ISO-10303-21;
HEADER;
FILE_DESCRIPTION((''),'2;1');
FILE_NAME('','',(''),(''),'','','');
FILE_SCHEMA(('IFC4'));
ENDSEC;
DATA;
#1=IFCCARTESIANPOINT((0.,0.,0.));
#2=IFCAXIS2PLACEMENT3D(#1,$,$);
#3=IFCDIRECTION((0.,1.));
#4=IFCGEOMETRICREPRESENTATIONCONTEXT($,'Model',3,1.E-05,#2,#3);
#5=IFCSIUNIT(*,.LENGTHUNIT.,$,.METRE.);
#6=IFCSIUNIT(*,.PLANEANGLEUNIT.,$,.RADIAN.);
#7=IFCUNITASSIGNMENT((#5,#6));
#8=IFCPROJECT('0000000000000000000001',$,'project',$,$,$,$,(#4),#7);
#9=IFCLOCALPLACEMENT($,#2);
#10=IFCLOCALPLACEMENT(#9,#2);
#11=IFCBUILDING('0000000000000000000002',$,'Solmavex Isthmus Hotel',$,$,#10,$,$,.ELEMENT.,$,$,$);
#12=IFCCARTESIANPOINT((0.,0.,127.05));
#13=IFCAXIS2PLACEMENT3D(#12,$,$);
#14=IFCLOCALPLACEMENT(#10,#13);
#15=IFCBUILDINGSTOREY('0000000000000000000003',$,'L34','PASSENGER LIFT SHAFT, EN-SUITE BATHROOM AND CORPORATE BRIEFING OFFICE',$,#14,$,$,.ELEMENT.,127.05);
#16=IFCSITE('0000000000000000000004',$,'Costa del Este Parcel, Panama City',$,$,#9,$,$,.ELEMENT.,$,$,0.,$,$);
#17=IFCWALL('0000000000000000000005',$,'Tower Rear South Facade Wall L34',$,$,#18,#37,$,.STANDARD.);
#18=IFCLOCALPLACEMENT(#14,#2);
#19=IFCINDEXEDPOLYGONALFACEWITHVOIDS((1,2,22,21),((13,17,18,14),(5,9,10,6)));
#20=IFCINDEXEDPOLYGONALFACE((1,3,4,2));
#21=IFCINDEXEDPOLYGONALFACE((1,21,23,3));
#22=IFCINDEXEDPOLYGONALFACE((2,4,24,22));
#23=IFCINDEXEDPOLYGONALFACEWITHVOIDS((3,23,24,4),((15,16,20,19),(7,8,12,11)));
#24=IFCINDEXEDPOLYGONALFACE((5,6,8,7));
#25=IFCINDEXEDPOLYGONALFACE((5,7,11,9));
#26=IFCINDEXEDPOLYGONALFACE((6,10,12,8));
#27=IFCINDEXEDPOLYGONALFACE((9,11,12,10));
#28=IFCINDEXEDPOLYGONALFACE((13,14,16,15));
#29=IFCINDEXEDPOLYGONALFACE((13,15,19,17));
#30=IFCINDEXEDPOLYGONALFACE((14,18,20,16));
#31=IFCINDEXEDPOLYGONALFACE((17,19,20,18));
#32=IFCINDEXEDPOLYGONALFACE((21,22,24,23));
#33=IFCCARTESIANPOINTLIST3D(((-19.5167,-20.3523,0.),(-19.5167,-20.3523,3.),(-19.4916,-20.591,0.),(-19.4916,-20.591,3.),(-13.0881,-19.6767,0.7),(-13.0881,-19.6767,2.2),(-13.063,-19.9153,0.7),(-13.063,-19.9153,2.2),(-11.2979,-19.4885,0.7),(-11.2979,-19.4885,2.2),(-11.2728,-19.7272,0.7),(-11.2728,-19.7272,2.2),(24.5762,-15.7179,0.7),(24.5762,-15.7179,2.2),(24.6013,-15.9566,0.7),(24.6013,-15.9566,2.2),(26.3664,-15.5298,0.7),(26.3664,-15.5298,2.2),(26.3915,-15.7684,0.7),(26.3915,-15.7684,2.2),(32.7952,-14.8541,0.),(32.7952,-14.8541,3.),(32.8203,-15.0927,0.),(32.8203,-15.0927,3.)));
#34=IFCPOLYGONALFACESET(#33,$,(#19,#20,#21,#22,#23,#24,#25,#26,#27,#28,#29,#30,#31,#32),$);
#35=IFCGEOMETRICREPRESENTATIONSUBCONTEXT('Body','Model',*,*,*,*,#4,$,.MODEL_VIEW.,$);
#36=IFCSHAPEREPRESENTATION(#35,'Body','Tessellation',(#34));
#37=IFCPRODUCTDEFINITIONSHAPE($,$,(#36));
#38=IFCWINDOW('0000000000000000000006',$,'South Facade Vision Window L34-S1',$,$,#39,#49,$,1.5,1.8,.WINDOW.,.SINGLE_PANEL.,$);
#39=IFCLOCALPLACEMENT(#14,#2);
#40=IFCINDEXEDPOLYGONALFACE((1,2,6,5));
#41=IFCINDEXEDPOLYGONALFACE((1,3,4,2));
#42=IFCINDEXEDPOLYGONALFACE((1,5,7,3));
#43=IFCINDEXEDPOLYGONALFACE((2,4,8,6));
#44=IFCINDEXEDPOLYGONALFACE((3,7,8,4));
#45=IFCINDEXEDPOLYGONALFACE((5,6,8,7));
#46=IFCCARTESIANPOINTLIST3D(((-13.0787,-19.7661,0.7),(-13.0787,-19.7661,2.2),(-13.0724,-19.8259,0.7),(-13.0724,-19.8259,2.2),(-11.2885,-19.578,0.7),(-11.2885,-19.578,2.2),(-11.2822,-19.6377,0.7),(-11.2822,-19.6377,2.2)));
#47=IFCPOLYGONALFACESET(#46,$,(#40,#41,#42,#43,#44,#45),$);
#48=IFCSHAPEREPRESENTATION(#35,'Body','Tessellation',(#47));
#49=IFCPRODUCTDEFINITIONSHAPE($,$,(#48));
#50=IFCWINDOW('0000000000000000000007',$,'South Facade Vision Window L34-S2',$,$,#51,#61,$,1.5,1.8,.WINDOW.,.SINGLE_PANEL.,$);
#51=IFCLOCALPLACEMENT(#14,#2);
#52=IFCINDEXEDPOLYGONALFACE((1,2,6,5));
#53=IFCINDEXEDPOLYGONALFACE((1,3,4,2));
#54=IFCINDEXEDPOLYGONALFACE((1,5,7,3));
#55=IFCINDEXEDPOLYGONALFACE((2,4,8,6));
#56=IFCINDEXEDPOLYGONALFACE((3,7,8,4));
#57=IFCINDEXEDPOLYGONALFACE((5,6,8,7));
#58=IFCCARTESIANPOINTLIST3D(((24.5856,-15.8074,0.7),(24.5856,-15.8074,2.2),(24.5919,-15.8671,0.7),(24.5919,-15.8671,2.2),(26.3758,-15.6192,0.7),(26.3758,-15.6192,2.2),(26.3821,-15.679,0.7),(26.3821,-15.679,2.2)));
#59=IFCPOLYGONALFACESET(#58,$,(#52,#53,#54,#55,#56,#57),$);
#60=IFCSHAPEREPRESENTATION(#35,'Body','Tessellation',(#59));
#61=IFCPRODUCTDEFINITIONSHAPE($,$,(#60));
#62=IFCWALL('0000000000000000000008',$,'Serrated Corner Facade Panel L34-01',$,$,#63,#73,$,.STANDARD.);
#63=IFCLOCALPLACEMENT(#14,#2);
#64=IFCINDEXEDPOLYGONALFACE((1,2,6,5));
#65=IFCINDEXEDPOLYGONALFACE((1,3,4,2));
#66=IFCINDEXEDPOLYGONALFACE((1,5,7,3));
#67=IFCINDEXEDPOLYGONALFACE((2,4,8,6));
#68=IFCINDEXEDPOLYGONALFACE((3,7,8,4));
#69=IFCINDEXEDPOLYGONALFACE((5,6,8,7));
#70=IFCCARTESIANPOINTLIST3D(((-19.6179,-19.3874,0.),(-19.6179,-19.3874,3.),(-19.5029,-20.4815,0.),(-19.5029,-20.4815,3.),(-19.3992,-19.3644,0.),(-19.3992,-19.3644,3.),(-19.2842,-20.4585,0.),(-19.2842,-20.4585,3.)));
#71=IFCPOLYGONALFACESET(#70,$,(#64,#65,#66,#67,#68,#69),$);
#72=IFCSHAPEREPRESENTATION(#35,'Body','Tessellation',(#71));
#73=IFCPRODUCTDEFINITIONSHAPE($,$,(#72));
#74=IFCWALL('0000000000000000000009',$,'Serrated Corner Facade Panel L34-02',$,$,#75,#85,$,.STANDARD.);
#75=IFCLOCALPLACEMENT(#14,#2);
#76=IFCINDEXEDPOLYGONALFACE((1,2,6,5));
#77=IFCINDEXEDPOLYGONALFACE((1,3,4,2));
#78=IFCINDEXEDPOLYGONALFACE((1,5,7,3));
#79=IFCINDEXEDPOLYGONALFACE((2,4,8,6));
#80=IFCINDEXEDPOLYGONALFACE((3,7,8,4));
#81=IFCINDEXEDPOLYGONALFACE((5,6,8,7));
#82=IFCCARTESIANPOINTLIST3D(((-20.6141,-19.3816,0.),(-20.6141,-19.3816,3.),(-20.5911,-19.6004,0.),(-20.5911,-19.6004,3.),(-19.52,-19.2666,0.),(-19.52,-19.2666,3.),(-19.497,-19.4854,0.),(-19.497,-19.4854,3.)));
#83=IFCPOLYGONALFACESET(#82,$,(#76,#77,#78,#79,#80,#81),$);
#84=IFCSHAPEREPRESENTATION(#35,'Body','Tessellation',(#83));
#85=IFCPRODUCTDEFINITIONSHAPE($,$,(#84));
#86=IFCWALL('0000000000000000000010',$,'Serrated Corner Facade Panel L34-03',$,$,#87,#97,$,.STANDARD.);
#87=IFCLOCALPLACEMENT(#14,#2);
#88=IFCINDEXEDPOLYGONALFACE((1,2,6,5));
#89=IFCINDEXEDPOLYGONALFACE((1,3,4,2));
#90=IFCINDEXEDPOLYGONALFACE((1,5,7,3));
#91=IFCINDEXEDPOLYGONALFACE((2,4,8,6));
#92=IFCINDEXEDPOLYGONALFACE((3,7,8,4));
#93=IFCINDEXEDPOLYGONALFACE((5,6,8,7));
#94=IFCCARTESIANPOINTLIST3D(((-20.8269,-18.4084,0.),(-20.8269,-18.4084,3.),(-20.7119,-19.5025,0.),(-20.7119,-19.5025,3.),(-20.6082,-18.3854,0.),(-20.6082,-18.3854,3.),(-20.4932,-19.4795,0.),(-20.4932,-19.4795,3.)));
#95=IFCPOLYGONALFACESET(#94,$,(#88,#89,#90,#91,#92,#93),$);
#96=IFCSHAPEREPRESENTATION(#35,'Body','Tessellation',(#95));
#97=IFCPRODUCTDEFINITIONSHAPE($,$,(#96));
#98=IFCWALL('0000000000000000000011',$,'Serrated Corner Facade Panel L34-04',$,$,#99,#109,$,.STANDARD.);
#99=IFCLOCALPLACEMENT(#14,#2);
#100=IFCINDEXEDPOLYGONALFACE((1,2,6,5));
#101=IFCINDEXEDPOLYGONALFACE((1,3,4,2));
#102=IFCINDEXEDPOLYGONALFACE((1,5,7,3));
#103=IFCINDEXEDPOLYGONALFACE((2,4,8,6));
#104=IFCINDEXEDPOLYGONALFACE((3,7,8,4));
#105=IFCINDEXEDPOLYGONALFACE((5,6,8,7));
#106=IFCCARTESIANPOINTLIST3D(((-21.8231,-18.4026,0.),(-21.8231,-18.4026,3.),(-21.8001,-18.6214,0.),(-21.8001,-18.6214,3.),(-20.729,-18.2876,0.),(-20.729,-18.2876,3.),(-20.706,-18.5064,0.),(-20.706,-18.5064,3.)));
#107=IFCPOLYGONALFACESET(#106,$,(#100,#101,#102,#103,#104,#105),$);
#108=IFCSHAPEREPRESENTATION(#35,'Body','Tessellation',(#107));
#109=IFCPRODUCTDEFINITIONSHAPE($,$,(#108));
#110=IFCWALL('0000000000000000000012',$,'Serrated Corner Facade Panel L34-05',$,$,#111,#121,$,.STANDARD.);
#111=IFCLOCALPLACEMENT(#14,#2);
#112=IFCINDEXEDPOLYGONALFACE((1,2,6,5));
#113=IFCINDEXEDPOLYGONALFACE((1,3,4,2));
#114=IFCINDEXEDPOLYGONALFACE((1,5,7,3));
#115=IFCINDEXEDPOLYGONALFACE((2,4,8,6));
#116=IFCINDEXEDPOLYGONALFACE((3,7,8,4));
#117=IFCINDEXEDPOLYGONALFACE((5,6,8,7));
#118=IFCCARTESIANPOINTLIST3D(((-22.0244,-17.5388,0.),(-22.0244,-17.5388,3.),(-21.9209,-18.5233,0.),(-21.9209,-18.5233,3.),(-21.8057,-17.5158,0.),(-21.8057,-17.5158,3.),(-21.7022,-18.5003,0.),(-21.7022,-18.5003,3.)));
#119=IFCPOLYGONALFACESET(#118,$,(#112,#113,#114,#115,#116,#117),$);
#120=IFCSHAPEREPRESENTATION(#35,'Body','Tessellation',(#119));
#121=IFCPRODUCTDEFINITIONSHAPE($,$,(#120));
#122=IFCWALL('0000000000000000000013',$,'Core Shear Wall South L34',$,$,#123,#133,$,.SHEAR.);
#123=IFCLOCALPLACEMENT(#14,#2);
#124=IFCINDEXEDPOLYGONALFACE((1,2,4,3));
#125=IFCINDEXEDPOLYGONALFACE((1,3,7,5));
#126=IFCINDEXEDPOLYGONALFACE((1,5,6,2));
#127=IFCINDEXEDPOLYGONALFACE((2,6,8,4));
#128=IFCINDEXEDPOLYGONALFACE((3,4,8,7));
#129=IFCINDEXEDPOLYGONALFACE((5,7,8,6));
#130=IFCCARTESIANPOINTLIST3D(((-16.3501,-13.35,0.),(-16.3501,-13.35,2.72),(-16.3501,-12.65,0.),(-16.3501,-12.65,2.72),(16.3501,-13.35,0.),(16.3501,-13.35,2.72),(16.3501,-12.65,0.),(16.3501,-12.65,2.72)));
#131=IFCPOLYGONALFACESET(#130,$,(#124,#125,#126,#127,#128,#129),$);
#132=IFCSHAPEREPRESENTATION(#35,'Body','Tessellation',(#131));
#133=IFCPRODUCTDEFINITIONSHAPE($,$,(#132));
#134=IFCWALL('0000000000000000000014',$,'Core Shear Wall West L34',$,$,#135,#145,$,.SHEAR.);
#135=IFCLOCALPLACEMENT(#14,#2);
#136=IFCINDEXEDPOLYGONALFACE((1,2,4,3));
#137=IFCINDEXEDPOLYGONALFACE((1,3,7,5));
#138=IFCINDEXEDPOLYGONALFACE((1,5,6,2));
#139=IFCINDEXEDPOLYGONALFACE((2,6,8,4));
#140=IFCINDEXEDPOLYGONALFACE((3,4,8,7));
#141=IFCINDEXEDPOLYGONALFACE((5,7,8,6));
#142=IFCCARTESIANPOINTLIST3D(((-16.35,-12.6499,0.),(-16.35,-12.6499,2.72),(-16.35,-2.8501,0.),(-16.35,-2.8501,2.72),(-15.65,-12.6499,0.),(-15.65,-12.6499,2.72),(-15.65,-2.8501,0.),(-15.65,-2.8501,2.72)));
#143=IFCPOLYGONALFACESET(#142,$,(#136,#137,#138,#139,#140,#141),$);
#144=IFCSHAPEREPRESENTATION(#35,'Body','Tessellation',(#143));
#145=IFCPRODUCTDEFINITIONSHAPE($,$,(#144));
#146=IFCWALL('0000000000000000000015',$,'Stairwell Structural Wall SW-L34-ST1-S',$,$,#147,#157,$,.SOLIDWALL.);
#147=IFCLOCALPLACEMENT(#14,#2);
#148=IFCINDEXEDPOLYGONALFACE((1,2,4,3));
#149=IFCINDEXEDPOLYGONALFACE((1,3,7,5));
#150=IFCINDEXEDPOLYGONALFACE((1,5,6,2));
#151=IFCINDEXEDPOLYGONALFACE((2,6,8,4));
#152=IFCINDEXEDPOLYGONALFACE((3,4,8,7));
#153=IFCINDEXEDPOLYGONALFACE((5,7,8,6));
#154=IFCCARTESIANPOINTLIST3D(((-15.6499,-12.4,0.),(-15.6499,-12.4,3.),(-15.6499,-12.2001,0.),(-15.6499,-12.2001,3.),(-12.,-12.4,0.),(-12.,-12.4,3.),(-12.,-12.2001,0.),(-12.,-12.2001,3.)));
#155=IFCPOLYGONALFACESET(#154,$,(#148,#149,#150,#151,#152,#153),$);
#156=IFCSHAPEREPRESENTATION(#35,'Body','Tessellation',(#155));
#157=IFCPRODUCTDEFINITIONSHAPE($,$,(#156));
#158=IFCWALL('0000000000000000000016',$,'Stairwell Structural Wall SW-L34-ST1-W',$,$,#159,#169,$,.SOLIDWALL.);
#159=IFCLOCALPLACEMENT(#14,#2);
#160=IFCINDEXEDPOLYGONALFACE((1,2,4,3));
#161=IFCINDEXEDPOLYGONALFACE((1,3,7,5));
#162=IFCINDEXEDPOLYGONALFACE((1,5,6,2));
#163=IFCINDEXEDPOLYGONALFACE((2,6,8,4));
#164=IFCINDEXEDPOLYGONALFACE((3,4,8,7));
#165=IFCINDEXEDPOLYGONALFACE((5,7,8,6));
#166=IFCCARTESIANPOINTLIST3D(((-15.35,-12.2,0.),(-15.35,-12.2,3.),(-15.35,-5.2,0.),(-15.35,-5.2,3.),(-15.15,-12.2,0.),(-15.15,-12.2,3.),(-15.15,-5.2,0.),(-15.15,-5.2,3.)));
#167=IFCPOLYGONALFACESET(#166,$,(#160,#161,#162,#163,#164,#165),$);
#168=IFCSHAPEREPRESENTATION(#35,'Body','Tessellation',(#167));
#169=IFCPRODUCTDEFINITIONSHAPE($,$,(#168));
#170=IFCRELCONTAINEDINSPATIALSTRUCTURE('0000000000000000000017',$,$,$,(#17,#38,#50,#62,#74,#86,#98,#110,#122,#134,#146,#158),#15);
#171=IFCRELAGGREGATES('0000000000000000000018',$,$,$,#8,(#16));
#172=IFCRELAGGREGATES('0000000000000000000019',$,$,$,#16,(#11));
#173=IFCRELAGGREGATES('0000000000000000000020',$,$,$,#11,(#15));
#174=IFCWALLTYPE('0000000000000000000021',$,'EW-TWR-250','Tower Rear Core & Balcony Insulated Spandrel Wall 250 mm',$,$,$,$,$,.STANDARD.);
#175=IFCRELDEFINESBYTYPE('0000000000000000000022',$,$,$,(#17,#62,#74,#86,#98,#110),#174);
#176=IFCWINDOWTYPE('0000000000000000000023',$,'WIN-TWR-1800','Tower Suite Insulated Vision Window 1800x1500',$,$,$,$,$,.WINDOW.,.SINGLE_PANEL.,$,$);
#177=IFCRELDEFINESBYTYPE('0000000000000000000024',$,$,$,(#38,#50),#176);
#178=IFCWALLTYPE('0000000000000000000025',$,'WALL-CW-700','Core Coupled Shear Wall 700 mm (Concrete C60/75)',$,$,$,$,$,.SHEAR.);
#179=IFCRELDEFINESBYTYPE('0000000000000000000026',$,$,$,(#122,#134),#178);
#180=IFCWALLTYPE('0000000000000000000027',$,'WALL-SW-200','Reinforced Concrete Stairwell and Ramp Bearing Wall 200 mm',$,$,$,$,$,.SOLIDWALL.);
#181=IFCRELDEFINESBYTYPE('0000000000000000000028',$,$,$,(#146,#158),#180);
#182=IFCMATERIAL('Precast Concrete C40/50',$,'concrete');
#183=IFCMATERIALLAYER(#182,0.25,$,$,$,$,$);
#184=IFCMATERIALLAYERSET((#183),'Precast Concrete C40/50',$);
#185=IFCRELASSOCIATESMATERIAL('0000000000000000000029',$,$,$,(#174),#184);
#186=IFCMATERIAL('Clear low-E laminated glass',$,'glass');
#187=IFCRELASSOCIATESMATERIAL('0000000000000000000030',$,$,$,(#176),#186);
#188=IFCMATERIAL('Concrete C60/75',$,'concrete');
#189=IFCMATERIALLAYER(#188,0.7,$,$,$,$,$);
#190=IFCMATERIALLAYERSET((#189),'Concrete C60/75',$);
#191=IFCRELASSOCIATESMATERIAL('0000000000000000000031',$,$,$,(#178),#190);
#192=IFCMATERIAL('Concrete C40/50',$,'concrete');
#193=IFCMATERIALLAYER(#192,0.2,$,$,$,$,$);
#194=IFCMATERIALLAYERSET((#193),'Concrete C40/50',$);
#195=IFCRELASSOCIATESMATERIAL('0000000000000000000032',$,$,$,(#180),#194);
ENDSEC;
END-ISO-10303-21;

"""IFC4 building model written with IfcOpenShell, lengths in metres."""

from ifc_helpers import new_model, si_unit, direction, frame, frame_2d, origin, place, context, subcontext, project, spatial, rectangle, extrude, material, layer, layer_set, type_object, element, fill, save


model = new_model("IFC4")

# Units and contexts
model_context = context("Model", 3, precision=1e-05, world=origin(), true_north=direction((0.0, 1.0)))
body_context = subcontext(model_context, "Body", "Model", "MODEL_VIEW")
ifc_project = project(units=[si_unit("LENGTHUNIT", "METRE"), si_unit("PLANEANGLEUNIT", "RADIAN")], contexts=[model_context])

# Site, building, storey
site_placement = place(None, origin())
site = spatial("IfcSite", under=ifc_project, at=site_placement, Name="Costa del Este Parcel, Panama City", CompositionType="ELEMENT", RefElevation=0.0)
building_placement = place(site_placement, origin())
building = spatial("IfcBuilding", under=site, at=building_placement, Name="Solmavex Isthmus Hotel", CompositionType="ELEMENT")
storey_placement = place(building_placement, frame((0.0, 0.0, 127.05)))
storey = spatial("IfcBuildingStorey", under=building, at=storey_placement, Name="L34", Description="PASSENGER LIFT SHAFT, EN-SUITE BATHROOM AND CORPORATE BRIEFING OFFICE", CompositionType="ELEMENT", Elevation=127.05)

# Shared definitions
ifc_material_1 = material(Name="Concrete C60/75", Category="concrete")

# Shared definitions
ifc_material_2 = material(Name="Clear low-E laminated glass", Category="glass")

# Wall, openings, windows
ifc_material_3 = material(Name="Precast Concrete C40/50", Category="concrete")
ifc_layer_1 = layer(ifc_material_3, 0.25)
ifc_layer_set_1 = layer_set([ifc_layer_1], Name="Precast Concrete C40/50")
wall_type_1 = type_object("IfcWallType", Name="EW-TWR-250", Description="Tower Rear Core & Balcony Insulated Spandrel Wall 250 mm", PredefinedType="STANDARD", material=ifc_layer_set_1)
wall_1_placement = place(storey_placement, frame((-19.5042, -20.4717, 0.0), z_axis=(0.0, 0.0, 1.0), x_axis=(0.994522, 0.10453, 0.0)))
wall_1 = element("IfcWall", 1, at=wall_1_placement, inside=storey, type_object=wall_type_1, Name="Tower Rear South Facade Wall L34", PredefinedType="STANDARD", context=body_context, shape_type="SweptSolid", body=[
    extrude(rectangle(XDim=52.6001, YDim=0.24, at=frame_2d((26.3, 0.0))), origin(), (0.0, 0.0, 1.0), 3.0),
])
opening_1_placement = place(wall_1_placement, frame((6.4641, 0.0, 0.7)))
opening_1 = element("IfcOpeningElement", 2, at=opening_1_placement, cuts=wall_1, PredefinedType="OPENING", context=body_context, shape_type="SweptSolid", body=[
    extrude(rectangle(XDim=1.8, YDim=1.5, at=frame_2d((0.8999, 0.75))), frame((0.0, 0.1299, 0.0), z_axis=(0.0, -1.0, 0.0), x_axis=(1.0, 0.0, 0.0)), (0.0, 0.0, 1.0), 0.26),
])
opening_2_placement = place(wall_1_placement, frame((44.3359, 0.0, 0.7)))
opening_2 = element("IfcOpeningElement", 3, at=opening_2_placement, cuts=wall_1, PredefinedType="OPENING", context=body_context, shape_type="SweptSolid", body=[
    extrude(rectangle(XDim=1.8, YDim=1.5, at=frame_2d((0.8999, 0.75))), frame((0.0, 0.1299, 0.0), z_axis=(0.0, -1.0, 0.0), x_axis=(1.0, 0.0, 0.0)), (0.0, 0.0, 1.0), 0.26),
])
window_type = type_object("IfcWindowType", Name="WIN-TWR-1800", Description="Tower Suite Insulated Vision Window 1800x1500", PartitioningType="SINGLE_PANEL", PredefinedType="WINDOW", material=ifc_material_2)
window_1_placement = place(opening_1_placement, origin())
window_1 = element("IfcWindow", 4, at=window_1_placement, inside=storey, type_object=window_type, Name="South Facade Vision Window L34-S1", OverallHeight=1.5, OverallWidth=1.8, PartitioningType="SINGLE_PANEL", PredefinedType="WINDOW", context=body_context, shape_type="SweptSolid", body=[
    extrude(rectangle(XDim=1.8, YDim=1.5, at=frame_2d((0.8999, 0.75))), frame((0.0, 0.03, 0.0), z_axis=(0.0, -1.0, 0.0), x_axis=(1.0, 0.0, 0.0)), (0.0, 0.0, 1.0), 0.0601),
])
fill(opening_1, window_1)
window_2_placement = place(opening_2_placement, origin())
window_2 = element("IfcWindow", 5, at=window_2_placement, inside=storey, type_object=window_type, Name="South Facade Vision Window L34-S2", OverallHeight=1.5, OverallWidth=1.8, PartitioningType="SINGLE_PANEL", PredefinedType="WINDOW", context=body_context, shape_type="SweptSolid", body=[
    extrude(rectangle(XDim=1.8, YDim=1.5, at=frame_2d((0.8999, 0.75))), frame((0.0, 0.03, 0.0), z_axis=(0.0, -1.0, 0.0), x_axis=(1.0, 0.0, 0.0)), (0.0, 0.0, 1.0), 0.0601),
])
fill(opening_2, window_2)

# Walls
for number, where, z_axis, x_axis, name in (
    (6, (-19.3936, -20.47, 0.0), (0.0, 0.0, 1.0), (-0.104535, 0.994521, 0.0), "Serrated Corner Facade Panel L34-01"),
    (7, (-19.5085, -19.376, 0.0), (0.0, 0.0, 1.0), (-0.994521, -0.104535, 0.0), "Serrated Corner Facade Panel L34-02"),
    (8, (-20.6025, -19.491, 0.0), (0.0, 0.0, 1.0), (-0.104535, 0.994521, 0.0), "Serrated Corner Facade Panel L34-03"),
    (9, (-20.7175, -18.397, 0.0), (0.0, 0.0, 1.0), (-0.994521, -0.104535, 0.0), "Serrated Corner Facade Panel L34-04"),
):
    element("IfcWall", number, at=place(storey_placement, frame(where, z_axis=z_axis, x_axis=x_axis)), inside=storey, type_object=wall_type_1, Name=name, PredefinedType="STANDARD", context=body_context, shape_type="SweptSolid", body=[
        extrude(rectangle(XDim=1.1001, YDim=0.22, at=frame_2d((0.55, 0.0))), origin(), (0.0, 0.0, 1.0), 3.0),
    ])
wall_2_placement = place(storey_placement, frame((-21.8115, -18.512, 0.0), z_axis=(0.0, 0.0, 1.0), x_axis=(-0.104556, 0.994519, 0.0)))
element("IfcWall", 10, at=wall_2_placement, inside=storey, type_object=wall_type_1, Name="Serrated Corner Facade Panel L34-05", PredefinedType="STANDARD", context=body_context, shape_type="SweptSolid", body=[
    extrude(rectangle(XDim=0.99, YDim=0.22, at=frame_2d((0.4951, 0.0))), origin(), (0.0, 0.0, 1.0), 3.0),
])
ifc_layer_2 = layer(ifc_material_1, 0.7)
ifc_layer_set_2 = layer_set([ifc_layer_2], Name="Concrete C60/75")
wall_type_2 = type_object("IfcWallType", Name="WALL-CW-700", Description="Core Coupled Shear Wall 700 mm (Concrete C60/75)", PredefinedType="SHEAR", material=ifc_layer_set_2)
wall_3_placement = place(storey_placement, frame((-16.3501, -13.0, 0.0), z_axis=(0.0, 0.0, 1.0), x_axis=(1.0, 0.0, 0.0)))
element("IfcWall", 11, at=wall_3_placement, inside=storey, type_object=wall_type_2, Name="Core Shear Wall South L34", PredefinedType="SHEAR", context=body_context, shape_type="SweptSolid", body=[
    extrude(rectangle(XDim=32.7002, YDim=0.7, at=frame_2d((16.3501, 0.0))), origin(), (0.0, 0.0, 1.0), 2.72),
])
wall_4_placement = place(storey_placement, frame((-16.0, -12.6499, 0.0), z_axis=(0.0, 0.0, 1.0), x_axis=(0.0, 1.0, 0.0)))
element("IfcWall", 12, at=wall_4_placement, inside=storey, type_object=wall_type_2, Name="Core Shear Wall West L34", PredefinedType="SHEAR", context=body_context, shape_type="SweptSolid", body=[
    extrude(rectangle(XDim=9.7998, YDim=0.7, at=frame_2d((4.8999, 0.0))), origin(), (0.0, 0.0, 1.0), 2.72),
])
ifc_material_4 = material(Name="Concrete C40/50", Category="concrete")
ifc_layer_3 = layer(ifc_material_4, 0.2)
ifc_layer_set_3 = layer_set([ifc_layer_3], Name="Concrete C40/50")
wall_type_3 = type_object("IfcWallType", Name="WALL-SW-200", Description="Reinforced Concrete Stairwell and Ramp Bearing Wall 200 mm", PredefinedType="SOLIDWALL", material=ifc_layer_set_3)
wall_5_placement = place(storey_placement, frame((-15.6499, -12.3, 0.0), z_axis=(0.0, 0.0, 1.0), x_axis=(1.0, 0.0, 0.0)))
element("IfcWall", 13, at=wall_5_placement, inside=storey, type_object=wall_type_3, Name="Stairwell Structural Wall SW-L34-ST1-S", PredefinedType="SOLIDWALL", context=body_context, shape_type="SweptSolid", body=[
    extrude(rectangle(XDim=3.6499, YDim=0.2, at=frame_2d((1.825, 0.0))), origin(), (0.0, 0.0, 1.0), 3.0),
])
wall_6_placement = place(storey_placement, frame((-15.25, -12.2, 0.0), z_axis=(0.0, 0.0, 1.0), x_axis=(0.0, 1.0, 0.0)))
element("IfcWall", 14, at=wall_6_placement, inside=storey, type_object=wall_type_3, Name="Stairwell Structural Wall SW-L34-ST1-W", PredefinedType="SOLIDWALL", context=body_context, shape_type="SweptSolid", body=[
    extrude(rectangle(XDim=7.0, YDim=0.2, at=frame_2d((3.5, 0.0))), origin(), (0.0, 0.0, 1.0), 3.0),
])

save(model, "model.ifc")
